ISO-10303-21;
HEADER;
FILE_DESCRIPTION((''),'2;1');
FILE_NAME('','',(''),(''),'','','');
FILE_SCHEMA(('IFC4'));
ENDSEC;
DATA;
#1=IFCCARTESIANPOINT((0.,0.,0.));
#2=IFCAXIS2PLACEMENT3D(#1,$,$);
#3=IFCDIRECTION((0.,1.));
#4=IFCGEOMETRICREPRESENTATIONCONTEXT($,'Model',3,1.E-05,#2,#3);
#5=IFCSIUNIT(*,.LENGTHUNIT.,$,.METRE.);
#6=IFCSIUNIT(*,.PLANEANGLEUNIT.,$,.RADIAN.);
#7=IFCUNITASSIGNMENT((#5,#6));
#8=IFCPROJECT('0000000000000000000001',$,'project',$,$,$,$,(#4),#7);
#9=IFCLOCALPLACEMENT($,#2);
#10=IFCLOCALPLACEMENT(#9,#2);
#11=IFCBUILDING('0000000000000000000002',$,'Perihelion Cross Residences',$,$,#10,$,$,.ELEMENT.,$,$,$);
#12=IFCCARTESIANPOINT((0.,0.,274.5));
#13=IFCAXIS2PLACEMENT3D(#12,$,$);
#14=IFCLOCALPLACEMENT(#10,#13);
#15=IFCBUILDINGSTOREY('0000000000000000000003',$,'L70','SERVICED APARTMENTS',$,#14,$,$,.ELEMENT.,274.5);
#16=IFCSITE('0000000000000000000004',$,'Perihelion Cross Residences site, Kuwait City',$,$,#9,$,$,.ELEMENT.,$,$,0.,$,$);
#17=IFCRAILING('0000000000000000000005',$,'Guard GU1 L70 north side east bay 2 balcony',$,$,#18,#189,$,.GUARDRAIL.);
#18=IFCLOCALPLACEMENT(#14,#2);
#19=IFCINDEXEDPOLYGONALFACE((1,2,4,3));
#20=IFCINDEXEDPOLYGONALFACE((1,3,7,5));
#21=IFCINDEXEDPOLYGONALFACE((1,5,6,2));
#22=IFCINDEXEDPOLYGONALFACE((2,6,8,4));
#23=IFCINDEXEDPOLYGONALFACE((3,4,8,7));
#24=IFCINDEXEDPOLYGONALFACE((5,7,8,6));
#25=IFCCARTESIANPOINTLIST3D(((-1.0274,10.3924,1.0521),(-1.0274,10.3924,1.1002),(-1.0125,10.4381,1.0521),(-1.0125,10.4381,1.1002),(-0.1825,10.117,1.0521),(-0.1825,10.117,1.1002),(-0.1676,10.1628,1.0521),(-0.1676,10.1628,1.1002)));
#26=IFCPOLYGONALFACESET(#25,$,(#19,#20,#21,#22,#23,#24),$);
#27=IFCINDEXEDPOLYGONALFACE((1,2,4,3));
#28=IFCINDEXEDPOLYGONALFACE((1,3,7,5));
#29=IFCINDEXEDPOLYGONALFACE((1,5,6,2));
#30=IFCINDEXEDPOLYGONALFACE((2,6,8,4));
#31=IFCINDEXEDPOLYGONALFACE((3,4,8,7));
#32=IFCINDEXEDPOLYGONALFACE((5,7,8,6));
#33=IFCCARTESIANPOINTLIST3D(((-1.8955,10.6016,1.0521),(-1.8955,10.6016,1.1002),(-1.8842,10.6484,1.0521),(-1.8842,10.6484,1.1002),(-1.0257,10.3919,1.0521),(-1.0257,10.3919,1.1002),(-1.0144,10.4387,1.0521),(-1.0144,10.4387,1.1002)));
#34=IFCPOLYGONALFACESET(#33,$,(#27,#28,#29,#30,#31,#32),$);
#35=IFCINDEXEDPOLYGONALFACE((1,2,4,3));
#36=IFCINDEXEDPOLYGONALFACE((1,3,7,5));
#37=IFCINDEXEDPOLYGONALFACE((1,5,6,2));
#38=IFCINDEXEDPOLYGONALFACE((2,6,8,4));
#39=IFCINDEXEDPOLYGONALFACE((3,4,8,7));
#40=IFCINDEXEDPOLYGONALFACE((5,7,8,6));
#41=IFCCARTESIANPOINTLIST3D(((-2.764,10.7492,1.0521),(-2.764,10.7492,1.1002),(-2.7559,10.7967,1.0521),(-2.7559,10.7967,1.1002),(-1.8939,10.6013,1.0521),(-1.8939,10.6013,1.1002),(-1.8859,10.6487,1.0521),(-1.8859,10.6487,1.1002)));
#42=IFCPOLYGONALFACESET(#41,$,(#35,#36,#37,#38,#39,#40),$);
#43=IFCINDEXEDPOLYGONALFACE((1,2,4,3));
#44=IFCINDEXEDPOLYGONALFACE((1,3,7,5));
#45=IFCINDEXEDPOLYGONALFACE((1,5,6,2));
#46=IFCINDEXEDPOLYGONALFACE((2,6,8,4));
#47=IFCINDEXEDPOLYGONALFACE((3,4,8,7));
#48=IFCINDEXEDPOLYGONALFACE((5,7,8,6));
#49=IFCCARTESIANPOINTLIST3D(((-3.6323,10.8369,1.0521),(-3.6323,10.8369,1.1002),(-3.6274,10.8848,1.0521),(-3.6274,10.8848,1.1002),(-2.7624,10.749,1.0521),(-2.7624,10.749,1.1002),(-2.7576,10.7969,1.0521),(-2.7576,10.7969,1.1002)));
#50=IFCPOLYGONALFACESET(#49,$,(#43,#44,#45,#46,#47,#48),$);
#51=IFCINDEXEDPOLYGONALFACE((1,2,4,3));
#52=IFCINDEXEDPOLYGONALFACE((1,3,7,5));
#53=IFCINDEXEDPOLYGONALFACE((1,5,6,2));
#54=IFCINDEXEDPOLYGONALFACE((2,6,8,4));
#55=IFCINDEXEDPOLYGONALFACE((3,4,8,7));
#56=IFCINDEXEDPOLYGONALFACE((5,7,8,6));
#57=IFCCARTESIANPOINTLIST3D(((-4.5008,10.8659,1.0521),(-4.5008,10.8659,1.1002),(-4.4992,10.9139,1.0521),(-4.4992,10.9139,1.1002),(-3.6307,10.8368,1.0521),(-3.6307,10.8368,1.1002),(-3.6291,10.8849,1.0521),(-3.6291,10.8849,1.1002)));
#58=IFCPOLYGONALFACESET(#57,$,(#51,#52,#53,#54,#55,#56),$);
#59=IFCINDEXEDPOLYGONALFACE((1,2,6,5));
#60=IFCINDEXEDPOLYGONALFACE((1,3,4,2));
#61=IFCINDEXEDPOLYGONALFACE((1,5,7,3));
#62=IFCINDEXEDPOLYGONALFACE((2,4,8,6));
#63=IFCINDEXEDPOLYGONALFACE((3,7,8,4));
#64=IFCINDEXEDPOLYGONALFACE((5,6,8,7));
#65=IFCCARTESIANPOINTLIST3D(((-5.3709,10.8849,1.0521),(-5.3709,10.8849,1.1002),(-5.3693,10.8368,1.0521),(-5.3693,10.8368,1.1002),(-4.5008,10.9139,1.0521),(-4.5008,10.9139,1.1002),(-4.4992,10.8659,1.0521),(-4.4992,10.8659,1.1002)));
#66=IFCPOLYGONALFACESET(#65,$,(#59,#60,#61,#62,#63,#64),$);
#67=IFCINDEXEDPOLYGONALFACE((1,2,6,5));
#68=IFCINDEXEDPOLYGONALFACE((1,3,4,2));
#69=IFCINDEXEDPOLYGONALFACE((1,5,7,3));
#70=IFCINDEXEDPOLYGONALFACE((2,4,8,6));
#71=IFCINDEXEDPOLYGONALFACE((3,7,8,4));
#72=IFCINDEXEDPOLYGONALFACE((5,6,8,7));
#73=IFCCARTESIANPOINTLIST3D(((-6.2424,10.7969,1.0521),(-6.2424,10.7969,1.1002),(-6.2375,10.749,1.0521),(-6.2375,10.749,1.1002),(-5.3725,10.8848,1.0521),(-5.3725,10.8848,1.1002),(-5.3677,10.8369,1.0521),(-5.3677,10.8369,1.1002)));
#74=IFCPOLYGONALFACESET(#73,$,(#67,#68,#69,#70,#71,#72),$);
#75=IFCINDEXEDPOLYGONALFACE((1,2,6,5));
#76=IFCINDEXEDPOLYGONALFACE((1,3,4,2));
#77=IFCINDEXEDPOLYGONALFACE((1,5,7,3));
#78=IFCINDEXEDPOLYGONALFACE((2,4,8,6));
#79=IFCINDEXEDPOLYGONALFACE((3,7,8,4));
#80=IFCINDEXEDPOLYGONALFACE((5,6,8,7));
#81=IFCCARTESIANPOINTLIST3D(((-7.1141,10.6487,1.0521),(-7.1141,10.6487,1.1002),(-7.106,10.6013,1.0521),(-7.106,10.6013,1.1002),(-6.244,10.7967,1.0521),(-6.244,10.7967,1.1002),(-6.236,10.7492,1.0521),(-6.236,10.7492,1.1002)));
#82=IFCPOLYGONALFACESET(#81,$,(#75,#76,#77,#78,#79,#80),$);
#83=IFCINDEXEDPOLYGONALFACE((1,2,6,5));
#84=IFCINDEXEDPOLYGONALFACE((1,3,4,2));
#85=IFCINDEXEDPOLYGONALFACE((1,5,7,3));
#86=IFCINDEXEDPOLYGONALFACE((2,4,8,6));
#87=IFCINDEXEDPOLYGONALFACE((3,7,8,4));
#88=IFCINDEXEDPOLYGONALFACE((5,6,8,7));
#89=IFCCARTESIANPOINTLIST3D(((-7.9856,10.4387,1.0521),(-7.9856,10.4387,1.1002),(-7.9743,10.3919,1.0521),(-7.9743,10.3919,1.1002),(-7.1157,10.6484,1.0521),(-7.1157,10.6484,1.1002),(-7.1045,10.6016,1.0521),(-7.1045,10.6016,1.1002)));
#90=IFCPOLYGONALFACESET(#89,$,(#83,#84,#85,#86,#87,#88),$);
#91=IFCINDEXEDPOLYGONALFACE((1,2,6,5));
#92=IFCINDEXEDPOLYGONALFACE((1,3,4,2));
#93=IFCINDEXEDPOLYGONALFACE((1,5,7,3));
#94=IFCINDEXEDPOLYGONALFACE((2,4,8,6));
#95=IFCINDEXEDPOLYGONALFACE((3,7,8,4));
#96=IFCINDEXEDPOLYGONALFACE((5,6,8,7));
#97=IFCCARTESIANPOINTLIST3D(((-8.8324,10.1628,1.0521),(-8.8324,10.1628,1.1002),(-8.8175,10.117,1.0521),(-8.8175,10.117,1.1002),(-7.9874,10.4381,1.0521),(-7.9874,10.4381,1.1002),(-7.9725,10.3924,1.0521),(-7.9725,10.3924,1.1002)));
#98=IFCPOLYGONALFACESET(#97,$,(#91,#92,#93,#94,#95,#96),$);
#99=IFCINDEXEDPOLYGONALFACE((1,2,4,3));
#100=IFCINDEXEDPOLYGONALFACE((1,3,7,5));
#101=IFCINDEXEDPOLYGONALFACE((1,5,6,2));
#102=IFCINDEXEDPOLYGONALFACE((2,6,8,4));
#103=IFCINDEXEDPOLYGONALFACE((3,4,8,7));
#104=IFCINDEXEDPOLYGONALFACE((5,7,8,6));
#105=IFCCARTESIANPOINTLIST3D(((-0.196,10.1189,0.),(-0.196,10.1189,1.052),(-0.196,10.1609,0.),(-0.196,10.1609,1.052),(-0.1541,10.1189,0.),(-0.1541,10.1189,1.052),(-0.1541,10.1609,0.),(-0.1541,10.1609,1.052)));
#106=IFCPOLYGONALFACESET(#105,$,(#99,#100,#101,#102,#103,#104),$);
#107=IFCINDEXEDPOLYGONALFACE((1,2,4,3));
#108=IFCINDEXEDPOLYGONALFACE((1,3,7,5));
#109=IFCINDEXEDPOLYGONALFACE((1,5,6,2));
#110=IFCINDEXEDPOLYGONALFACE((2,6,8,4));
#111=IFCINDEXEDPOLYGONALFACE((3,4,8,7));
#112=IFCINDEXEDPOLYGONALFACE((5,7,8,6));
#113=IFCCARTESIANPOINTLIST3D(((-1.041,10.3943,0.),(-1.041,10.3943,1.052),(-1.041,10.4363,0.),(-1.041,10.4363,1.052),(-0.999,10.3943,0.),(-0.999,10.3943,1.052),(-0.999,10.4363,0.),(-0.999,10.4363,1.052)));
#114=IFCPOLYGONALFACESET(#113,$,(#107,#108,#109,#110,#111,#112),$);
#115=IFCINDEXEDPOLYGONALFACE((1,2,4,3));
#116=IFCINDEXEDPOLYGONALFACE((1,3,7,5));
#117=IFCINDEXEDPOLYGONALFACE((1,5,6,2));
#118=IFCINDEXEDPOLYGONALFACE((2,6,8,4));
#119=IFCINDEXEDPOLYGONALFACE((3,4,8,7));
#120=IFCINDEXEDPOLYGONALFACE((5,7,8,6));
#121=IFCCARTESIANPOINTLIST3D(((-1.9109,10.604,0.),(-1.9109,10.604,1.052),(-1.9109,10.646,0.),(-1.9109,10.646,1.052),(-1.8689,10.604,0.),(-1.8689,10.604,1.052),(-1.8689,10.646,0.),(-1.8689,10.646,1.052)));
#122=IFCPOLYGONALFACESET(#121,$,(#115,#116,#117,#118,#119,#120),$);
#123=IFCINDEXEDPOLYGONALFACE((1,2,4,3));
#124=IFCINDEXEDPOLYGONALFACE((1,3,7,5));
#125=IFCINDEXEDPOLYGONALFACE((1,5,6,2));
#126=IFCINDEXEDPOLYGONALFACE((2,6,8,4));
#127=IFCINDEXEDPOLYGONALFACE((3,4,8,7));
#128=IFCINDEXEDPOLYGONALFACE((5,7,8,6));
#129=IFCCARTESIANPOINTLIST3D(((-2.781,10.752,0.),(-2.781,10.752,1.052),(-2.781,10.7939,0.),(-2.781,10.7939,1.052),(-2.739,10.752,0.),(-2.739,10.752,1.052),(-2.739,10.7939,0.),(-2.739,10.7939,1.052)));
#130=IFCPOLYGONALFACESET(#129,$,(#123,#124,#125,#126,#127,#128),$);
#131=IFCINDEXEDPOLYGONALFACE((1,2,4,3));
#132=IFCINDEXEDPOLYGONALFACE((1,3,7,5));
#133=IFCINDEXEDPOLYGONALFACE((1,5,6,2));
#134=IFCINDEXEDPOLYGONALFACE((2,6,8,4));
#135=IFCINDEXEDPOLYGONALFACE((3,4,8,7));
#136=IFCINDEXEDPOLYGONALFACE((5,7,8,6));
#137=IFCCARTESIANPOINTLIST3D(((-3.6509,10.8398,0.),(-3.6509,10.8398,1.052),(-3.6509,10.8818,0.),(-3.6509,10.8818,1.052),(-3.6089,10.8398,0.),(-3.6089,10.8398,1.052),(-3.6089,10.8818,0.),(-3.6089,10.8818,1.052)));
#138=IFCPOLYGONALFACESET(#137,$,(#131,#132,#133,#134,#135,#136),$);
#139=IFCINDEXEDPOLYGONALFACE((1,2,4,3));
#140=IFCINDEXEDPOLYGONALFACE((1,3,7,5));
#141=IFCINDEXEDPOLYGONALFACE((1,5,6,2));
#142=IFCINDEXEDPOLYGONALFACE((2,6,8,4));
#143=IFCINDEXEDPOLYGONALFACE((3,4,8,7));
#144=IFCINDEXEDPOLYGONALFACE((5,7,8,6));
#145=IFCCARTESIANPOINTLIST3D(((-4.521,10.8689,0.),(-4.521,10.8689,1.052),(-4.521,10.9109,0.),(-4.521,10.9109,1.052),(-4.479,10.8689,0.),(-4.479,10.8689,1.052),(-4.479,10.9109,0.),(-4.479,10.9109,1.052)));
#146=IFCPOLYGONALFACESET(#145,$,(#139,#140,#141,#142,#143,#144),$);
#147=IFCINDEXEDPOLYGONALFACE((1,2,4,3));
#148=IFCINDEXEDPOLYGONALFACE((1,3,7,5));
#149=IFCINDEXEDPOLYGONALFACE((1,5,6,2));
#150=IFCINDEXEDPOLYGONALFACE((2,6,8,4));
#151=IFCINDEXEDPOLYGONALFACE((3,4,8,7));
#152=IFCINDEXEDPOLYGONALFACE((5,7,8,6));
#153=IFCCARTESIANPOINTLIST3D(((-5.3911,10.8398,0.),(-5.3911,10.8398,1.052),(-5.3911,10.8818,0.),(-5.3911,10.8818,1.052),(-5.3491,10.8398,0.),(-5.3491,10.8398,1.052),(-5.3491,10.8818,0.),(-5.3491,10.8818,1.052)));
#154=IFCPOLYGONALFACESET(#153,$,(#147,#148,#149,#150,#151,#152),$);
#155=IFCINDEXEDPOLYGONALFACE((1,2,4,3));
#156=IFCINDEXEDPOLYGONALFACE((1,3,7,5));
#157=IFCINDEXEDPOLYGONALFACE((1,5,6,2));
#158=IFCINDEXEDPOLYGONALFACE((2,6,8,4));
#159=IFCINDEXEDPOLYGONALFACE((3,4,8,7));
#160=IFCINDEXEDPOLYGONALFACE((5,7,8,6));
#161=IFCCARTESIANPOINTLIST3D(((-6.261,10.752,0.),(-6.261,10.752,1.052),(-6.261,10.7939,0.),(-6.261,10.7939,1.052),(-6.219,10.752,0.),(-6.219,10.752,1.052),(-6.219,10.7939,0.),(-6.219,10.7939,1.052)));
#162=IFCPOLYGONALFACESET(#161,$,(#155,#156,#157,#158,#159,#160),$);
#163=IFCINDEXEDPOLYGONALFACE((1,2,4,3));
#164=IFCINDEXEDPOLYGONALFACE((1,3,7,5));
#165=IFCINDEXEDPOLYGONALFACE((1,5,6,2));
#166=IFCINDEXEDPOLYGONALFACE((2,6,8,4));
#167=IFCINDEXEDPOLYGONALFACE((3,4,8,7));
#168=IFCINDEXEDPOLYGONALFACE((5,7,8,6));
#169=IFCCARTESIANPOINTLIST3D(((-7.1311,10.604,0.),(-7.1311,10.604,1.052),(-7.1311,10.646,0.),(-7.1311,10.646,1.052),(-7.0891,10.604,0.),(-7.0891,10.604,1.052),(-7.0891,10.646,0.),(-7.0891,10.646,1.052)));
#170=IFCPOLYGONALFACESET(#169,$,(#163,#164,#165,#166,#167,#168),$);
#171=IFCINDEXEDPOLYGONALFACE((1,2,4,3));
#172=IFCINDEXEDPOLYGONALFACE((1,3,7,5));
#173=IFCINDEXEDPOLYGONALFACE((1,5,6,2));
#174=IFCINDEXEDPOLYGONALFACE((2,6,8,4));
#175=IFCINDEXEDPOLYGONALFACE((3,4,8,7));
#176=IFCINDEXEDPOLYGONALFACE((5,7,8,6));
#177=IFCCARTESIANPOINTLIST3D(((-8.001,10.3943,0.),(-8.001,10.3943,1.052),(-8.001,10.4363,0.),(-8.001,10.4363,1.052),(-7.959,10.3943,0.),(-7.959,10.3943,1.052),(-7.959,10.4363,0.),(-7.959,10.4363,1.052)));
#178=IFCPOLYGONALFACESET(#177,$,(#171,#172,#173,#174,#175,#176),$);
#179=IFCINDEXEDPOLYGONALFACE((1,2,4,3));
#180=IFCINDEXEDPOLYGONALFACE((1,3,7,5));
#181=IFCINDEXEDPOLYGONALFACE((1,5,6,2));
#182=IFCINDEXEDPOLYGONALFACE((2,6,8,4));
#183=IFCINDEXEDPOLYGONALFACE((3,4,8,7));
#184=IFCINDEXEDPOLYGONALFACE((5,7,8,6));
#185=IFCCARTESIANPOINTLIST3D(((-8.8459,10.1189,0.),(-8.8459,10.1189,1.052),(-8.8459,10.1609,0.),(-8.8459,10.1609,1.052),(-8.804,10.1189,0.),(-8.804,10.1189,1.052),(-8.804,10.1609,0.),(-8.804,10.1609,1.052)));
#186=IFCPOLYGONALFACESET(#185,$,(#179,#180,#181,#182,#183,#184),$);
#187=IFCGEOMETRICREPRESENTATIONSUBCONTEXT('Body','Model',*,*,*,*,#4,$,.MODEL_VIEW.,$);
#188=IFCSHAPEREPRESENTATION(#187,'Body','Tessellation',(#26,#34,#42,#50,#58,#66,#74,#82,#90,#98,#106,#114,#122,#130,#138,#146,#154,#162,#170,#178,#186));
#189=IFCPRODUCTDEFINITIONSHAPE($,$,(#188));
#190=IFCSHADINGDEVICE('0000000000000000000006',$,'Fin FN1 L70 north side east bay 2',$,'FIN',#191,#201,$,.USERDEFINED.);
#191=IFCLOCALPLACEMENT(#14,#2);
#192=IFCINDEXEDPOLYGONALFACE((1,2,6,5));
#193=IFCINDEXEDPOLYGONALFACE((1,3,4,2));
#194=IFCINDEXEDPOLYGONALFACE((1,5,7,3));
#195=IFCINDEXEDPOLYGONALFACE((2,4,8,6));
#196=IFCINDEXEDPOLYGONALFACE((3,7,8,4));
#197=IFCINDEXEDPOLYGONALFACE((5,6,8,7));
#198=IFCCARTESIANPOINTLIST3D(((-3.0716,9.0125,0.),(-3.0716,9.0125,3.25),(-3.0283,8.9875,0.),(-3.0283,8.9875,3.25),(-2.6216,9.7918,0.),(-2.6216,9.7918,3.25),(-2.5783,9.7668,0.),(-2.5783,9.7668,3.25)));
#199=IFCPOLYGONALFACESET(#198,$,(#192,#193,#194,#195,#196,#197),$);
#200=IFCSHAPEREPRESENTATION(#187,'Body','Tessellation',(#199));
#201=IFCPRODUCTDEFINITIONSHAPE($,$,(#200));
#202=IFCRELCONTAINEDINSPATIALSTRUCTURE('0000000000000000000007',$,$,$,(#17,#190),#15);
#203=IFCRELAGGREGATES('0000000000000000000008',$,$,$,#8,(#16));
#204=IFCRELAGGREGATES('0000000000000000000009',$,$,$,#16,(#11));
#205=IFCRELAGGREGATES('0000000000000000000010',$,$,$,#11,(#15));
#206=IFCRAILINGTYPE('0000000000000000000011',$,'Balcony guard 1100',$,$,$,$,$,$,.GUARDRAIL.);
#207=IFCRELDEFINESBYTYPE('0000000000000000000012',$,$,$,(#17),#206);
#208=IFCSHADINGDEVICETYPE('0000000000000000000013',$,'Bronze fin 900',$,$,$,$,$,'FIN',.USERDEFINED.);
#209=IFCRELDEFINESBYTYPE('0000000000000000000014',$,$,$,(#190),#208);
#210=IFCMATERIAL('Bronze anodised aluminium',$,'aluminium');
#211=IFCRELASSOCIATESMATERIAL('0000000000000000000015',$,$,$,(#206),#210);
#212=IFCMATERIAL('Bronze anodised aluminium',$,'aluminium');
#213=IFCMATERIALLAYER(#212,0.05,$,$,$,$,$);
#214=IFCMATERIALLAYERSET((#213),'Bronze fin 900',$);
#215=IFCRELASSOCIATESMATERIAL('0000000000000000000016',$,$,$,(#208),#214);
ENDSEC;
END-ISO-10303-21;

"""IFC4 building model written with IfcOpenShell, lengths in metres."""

from ifc_helpers import new_model, si_unit, direction, frame, origin, origin_2d, place, context, subcontext, project, spatial, rectangle, extrude, material, layer, layer_set, type_object, element, save


model = new_model("IFC4")

# Units and contexts
model_context = context("Model", 3, precision=1e-05, world=origin(), true_north=direction((0.0, 1.0)))
body_context = subcontext(model_context, "Body", "Model", "MODEL_VIEW")
ifc_project = project(units=[si_unit("LENGTHUNIT", "METRE"), si_unit("PLANEANGLEUNIT", "RADIAN")], contexts=[model_context])

# Site, building, storey
site_placement = place(None, origin())
site = spatial("IfcSite", under=ifc_project, at=site_placement, Name="Perihelion Cross Residences site, Kuwait City", CompositionType="ELEMENT", RefElevation=0.0)
building_placement = place(site_placement, origin())
building = spatial("IfcBuilding", under=site, at=building_placement, Name="Perihelion Cross Residences", CompositionType="ELEMENT")
storey_placement = place(building_placement, frame((0.0, 0.0, 274.5)))
storey = spatial("IfcBuildingStorey", under=building, at=storey_placement, Name="L70", Description="SERVICED APARTMENTS", CompositionType="ELEMENT", Elevation=274.5)

# Railing
ifc_material_1 = material(Name="Bronze anodised aluminium", Category="aluminium")
railing_type = type_object("IfcRailingType", Name="Balcony guard 1100", PredefinedType="GUARDRAIL", material=ifc_material_1)
railing_1_placement = place(storey_placement, frame((-0.175, 10.1399, 0.0)))
element("IfcRailing", 1, at=railing_1_placement, inside=storey, type_object=railing_type, Name="Guard GU1 L70 north side east bay 2 balcony", PredefinedType="GUARDRAIL", context=body_context, shape_type="SweptSolid", body=[
    extrude(rectangle(XDim=0.0481, YDim=0.0481, at=origin_2d()), frame((0.0, 0.0, 1.0762), z_axis=(-0.950777, 0.309875, 0.0), x_axis=(-0.309875, -0.950777, 0.0)), (0.0, 0.0, 1.0), 0.8887),
    extrude(rectangle(XDim=0.0481, YDim=0.0481, at=origin_2d()), frame((-0.845, 0.2754, 1.0762), z_axis=(-0.972147, 0.234374, 0.0), x_axis=(-0.234374, -0.972147, 0.0)), (0.0, 0.0, 1.0), 0.8948),
    extrude(rectangle(XDim=0.0481, YDim=0.0481, at=origin_2d()), frame((-1.7148, 0.4851, 1.0762), z_axis=(-0.98585, 0.167628, 0.0), x_axis=(-0.167628, -0.98585, 0.0)), (0.0, 0.0, 1.0), 0.8826),
    extrude(rectangle(XDim=0.0481, YDim=0.0481, at=origin_2d()), frame((-2.585, 0.6331, 1.0762), z_axis=(-0.994934, 0.100527, 0.0), x_axis=(-0.100527, -0.994934, 0.0)), (0.0, 0.0, 1.0), 0.8743),
    extrude(rectangle(XDim=0.0481, YDim=0.0481, at=origin_2d()), frame((-3.4548, 0.7209, 1.0762), z_axis=(-0.999443, 0.033371, 0.0), x_axis=(-0.033371, -0.999443, 0.0)), (0.0, 0.0, 1.0), 0.8706),
    extrude(rectangle(XDim=0.0481, YDim=0.0481, at=origin_2d()), frame((-4.325, 0.75, 1.0762), z_axis=(-0.999443, -0.033371, 0.0), x_axis=(0.033371, -0.999443, 0.0)), (0.0, 0.0, 1.0), 0.8706),
    extrude(rectangle(XDim=0.0481, YDim=0.0481, at=origin_2d()), frame((-5.1951, 0.7209, 1.0762), z_axis=(-0.994934, -0.100527, 0.0), x_axis=(0.100527, -0.994934, 0.0)), (0.0, 0.0, 1.0), 0.8743),
    extrude(rectangle(XDim=0.0481, YDim=0.0481, at=origin_2d()), frame((-6.0649, 0.6331, 1.0762), z_axis=(-0.98585, -0.167628, 0.0), x_axis=(0.167628, -0.98585, 0.0)), (0.0, 0.0, 1.0), 0.8826),
    extrude(rectangle(XDim=0.0481, YDim=0.0481, at=origin_2d()), frame((-6.9351, 0.4851, 1.0762), z_axis=(-0.972147, -0.234374, 0.0), x_axis=(0.234374, -0.972147, 0.0)), (0.0, 0.0, 1.0), 0.8948),
    extrude(rectangle(XDim=0.0481, YDim=0.0481, at=origin_2d()), frame((-7.8049, 0.2754, 1.0762), z_axis=(-0.950777, -0.309875, 0.0), x_axis=(0.309875, -0.950777, 0.0)), (0.0, 0.0, 1.0), 0.8887),
    extrude(rectangle(XDim=0.042, YDim=0.042, at=origin_2d()), origin(), (0.0, 0.0, 1.0), 1.052),
    extrude(rectangle(XDim=0.042, YDim=0.042, at=origin_2d()), frame((-0.845, 0.2754, 0.0)), (0.0, 0.0, 1.0), 1.052),
    extrude(rectangle(XDim=0.042, YDim=0.042, at=origin_2d()), frame((-1.7148, 0.4851, 0.0)), (0.0, 0.0, 1.0), 1.052),
    extrude(rectangle(XDim=0.042, YDim=0.042, at=origin_2d()), frame((-2.585, 0.6331, 0.0)), (0.0, 0.0, 1.0), 1.052),
    extrude(rectangle(XDim=0.042, YDim=0.042, at=origin_2d()), frame((-3.4548, 0.7209, 0.0)), (0.0, 0.0, 1.0), 1.052),
    extrude(rectangle(XDim=0.042, YDim=0.042, at=origin_2d()), frame((-4.325, 0.75, 0.0)), (0.0, 0.0, 1.0), 1.052),
    extrude(rectangle(XDim=0.042, YDim=0.042, at=origin_2d()), frame((-5.1951, 0.7209, 0.0)), (0.0, 0.0, 1.0), 1.052),
    extrude(rectangle(XDim=0.042, YDim=0.042, at=origin_2d()), frame((-6.0649, 0.6331, 0.0)), (0.0, 0.0, 1.0), 1.052),
    extrude(rectangle(XDim=0.042, YDim=0.042, at=origin_2d()), frame((-6.9351, 0.4851, 0.0)), (0.0, 0.0, 1.0), 1.052),
    extrude(rectangle(XDim=0.042, YDim=0.042, at=origin_2d()), frame((-7.8049, 0.2754, 0.0)), (0.0, 0.0, 1.0), 1.052),
    extrude(rectangle(XDim=0.042, YDim=0.042, at=origin_2d()), frame((-8.6499, 0.0, 0.0)), (0.0, 0.0, 1.0), 1.052),
])

# Shading device
ifc_material_2 = material(Name="Bronze anodised aluminium", Category="aluminium")
ifc_layer_1 = layer(ifc_material_2, 0.05)
ifc_layer_set_1 = layer_set([ifc_layer_1], Name="Bronze fin 900")
shading_device_type = type_object("IfcShadingDeviceType", Name="Bronze fin 900", ElementType="FIN", PredefinedType="USERDEFINED", material=ifc_layer_set_1)
shading_device_placement = place(storey_placement, frame((-2.825, 9.3896, 0.0), z_axis=(0.0, 0.0, 1.0), x_axis=(0.5, 0.866025, 0.0)))
element("IfcShadingDevice", 2, at=shading_device_placement, inside=storey, type_object=shading_device_type, Name="Fin FN1 L70 north side east bay 2", ObjectType="FIN", PredefinedType="USERDEFINED", context=body_context, shape_type="SweptSolid", body=[
    extrude(rectangle(XDim=0.8999, YDim=0.05, at=origin_2d()), origin(), (0.0, 0.0, 1.0), 3.25),
])

save(model, "model.ifc")
